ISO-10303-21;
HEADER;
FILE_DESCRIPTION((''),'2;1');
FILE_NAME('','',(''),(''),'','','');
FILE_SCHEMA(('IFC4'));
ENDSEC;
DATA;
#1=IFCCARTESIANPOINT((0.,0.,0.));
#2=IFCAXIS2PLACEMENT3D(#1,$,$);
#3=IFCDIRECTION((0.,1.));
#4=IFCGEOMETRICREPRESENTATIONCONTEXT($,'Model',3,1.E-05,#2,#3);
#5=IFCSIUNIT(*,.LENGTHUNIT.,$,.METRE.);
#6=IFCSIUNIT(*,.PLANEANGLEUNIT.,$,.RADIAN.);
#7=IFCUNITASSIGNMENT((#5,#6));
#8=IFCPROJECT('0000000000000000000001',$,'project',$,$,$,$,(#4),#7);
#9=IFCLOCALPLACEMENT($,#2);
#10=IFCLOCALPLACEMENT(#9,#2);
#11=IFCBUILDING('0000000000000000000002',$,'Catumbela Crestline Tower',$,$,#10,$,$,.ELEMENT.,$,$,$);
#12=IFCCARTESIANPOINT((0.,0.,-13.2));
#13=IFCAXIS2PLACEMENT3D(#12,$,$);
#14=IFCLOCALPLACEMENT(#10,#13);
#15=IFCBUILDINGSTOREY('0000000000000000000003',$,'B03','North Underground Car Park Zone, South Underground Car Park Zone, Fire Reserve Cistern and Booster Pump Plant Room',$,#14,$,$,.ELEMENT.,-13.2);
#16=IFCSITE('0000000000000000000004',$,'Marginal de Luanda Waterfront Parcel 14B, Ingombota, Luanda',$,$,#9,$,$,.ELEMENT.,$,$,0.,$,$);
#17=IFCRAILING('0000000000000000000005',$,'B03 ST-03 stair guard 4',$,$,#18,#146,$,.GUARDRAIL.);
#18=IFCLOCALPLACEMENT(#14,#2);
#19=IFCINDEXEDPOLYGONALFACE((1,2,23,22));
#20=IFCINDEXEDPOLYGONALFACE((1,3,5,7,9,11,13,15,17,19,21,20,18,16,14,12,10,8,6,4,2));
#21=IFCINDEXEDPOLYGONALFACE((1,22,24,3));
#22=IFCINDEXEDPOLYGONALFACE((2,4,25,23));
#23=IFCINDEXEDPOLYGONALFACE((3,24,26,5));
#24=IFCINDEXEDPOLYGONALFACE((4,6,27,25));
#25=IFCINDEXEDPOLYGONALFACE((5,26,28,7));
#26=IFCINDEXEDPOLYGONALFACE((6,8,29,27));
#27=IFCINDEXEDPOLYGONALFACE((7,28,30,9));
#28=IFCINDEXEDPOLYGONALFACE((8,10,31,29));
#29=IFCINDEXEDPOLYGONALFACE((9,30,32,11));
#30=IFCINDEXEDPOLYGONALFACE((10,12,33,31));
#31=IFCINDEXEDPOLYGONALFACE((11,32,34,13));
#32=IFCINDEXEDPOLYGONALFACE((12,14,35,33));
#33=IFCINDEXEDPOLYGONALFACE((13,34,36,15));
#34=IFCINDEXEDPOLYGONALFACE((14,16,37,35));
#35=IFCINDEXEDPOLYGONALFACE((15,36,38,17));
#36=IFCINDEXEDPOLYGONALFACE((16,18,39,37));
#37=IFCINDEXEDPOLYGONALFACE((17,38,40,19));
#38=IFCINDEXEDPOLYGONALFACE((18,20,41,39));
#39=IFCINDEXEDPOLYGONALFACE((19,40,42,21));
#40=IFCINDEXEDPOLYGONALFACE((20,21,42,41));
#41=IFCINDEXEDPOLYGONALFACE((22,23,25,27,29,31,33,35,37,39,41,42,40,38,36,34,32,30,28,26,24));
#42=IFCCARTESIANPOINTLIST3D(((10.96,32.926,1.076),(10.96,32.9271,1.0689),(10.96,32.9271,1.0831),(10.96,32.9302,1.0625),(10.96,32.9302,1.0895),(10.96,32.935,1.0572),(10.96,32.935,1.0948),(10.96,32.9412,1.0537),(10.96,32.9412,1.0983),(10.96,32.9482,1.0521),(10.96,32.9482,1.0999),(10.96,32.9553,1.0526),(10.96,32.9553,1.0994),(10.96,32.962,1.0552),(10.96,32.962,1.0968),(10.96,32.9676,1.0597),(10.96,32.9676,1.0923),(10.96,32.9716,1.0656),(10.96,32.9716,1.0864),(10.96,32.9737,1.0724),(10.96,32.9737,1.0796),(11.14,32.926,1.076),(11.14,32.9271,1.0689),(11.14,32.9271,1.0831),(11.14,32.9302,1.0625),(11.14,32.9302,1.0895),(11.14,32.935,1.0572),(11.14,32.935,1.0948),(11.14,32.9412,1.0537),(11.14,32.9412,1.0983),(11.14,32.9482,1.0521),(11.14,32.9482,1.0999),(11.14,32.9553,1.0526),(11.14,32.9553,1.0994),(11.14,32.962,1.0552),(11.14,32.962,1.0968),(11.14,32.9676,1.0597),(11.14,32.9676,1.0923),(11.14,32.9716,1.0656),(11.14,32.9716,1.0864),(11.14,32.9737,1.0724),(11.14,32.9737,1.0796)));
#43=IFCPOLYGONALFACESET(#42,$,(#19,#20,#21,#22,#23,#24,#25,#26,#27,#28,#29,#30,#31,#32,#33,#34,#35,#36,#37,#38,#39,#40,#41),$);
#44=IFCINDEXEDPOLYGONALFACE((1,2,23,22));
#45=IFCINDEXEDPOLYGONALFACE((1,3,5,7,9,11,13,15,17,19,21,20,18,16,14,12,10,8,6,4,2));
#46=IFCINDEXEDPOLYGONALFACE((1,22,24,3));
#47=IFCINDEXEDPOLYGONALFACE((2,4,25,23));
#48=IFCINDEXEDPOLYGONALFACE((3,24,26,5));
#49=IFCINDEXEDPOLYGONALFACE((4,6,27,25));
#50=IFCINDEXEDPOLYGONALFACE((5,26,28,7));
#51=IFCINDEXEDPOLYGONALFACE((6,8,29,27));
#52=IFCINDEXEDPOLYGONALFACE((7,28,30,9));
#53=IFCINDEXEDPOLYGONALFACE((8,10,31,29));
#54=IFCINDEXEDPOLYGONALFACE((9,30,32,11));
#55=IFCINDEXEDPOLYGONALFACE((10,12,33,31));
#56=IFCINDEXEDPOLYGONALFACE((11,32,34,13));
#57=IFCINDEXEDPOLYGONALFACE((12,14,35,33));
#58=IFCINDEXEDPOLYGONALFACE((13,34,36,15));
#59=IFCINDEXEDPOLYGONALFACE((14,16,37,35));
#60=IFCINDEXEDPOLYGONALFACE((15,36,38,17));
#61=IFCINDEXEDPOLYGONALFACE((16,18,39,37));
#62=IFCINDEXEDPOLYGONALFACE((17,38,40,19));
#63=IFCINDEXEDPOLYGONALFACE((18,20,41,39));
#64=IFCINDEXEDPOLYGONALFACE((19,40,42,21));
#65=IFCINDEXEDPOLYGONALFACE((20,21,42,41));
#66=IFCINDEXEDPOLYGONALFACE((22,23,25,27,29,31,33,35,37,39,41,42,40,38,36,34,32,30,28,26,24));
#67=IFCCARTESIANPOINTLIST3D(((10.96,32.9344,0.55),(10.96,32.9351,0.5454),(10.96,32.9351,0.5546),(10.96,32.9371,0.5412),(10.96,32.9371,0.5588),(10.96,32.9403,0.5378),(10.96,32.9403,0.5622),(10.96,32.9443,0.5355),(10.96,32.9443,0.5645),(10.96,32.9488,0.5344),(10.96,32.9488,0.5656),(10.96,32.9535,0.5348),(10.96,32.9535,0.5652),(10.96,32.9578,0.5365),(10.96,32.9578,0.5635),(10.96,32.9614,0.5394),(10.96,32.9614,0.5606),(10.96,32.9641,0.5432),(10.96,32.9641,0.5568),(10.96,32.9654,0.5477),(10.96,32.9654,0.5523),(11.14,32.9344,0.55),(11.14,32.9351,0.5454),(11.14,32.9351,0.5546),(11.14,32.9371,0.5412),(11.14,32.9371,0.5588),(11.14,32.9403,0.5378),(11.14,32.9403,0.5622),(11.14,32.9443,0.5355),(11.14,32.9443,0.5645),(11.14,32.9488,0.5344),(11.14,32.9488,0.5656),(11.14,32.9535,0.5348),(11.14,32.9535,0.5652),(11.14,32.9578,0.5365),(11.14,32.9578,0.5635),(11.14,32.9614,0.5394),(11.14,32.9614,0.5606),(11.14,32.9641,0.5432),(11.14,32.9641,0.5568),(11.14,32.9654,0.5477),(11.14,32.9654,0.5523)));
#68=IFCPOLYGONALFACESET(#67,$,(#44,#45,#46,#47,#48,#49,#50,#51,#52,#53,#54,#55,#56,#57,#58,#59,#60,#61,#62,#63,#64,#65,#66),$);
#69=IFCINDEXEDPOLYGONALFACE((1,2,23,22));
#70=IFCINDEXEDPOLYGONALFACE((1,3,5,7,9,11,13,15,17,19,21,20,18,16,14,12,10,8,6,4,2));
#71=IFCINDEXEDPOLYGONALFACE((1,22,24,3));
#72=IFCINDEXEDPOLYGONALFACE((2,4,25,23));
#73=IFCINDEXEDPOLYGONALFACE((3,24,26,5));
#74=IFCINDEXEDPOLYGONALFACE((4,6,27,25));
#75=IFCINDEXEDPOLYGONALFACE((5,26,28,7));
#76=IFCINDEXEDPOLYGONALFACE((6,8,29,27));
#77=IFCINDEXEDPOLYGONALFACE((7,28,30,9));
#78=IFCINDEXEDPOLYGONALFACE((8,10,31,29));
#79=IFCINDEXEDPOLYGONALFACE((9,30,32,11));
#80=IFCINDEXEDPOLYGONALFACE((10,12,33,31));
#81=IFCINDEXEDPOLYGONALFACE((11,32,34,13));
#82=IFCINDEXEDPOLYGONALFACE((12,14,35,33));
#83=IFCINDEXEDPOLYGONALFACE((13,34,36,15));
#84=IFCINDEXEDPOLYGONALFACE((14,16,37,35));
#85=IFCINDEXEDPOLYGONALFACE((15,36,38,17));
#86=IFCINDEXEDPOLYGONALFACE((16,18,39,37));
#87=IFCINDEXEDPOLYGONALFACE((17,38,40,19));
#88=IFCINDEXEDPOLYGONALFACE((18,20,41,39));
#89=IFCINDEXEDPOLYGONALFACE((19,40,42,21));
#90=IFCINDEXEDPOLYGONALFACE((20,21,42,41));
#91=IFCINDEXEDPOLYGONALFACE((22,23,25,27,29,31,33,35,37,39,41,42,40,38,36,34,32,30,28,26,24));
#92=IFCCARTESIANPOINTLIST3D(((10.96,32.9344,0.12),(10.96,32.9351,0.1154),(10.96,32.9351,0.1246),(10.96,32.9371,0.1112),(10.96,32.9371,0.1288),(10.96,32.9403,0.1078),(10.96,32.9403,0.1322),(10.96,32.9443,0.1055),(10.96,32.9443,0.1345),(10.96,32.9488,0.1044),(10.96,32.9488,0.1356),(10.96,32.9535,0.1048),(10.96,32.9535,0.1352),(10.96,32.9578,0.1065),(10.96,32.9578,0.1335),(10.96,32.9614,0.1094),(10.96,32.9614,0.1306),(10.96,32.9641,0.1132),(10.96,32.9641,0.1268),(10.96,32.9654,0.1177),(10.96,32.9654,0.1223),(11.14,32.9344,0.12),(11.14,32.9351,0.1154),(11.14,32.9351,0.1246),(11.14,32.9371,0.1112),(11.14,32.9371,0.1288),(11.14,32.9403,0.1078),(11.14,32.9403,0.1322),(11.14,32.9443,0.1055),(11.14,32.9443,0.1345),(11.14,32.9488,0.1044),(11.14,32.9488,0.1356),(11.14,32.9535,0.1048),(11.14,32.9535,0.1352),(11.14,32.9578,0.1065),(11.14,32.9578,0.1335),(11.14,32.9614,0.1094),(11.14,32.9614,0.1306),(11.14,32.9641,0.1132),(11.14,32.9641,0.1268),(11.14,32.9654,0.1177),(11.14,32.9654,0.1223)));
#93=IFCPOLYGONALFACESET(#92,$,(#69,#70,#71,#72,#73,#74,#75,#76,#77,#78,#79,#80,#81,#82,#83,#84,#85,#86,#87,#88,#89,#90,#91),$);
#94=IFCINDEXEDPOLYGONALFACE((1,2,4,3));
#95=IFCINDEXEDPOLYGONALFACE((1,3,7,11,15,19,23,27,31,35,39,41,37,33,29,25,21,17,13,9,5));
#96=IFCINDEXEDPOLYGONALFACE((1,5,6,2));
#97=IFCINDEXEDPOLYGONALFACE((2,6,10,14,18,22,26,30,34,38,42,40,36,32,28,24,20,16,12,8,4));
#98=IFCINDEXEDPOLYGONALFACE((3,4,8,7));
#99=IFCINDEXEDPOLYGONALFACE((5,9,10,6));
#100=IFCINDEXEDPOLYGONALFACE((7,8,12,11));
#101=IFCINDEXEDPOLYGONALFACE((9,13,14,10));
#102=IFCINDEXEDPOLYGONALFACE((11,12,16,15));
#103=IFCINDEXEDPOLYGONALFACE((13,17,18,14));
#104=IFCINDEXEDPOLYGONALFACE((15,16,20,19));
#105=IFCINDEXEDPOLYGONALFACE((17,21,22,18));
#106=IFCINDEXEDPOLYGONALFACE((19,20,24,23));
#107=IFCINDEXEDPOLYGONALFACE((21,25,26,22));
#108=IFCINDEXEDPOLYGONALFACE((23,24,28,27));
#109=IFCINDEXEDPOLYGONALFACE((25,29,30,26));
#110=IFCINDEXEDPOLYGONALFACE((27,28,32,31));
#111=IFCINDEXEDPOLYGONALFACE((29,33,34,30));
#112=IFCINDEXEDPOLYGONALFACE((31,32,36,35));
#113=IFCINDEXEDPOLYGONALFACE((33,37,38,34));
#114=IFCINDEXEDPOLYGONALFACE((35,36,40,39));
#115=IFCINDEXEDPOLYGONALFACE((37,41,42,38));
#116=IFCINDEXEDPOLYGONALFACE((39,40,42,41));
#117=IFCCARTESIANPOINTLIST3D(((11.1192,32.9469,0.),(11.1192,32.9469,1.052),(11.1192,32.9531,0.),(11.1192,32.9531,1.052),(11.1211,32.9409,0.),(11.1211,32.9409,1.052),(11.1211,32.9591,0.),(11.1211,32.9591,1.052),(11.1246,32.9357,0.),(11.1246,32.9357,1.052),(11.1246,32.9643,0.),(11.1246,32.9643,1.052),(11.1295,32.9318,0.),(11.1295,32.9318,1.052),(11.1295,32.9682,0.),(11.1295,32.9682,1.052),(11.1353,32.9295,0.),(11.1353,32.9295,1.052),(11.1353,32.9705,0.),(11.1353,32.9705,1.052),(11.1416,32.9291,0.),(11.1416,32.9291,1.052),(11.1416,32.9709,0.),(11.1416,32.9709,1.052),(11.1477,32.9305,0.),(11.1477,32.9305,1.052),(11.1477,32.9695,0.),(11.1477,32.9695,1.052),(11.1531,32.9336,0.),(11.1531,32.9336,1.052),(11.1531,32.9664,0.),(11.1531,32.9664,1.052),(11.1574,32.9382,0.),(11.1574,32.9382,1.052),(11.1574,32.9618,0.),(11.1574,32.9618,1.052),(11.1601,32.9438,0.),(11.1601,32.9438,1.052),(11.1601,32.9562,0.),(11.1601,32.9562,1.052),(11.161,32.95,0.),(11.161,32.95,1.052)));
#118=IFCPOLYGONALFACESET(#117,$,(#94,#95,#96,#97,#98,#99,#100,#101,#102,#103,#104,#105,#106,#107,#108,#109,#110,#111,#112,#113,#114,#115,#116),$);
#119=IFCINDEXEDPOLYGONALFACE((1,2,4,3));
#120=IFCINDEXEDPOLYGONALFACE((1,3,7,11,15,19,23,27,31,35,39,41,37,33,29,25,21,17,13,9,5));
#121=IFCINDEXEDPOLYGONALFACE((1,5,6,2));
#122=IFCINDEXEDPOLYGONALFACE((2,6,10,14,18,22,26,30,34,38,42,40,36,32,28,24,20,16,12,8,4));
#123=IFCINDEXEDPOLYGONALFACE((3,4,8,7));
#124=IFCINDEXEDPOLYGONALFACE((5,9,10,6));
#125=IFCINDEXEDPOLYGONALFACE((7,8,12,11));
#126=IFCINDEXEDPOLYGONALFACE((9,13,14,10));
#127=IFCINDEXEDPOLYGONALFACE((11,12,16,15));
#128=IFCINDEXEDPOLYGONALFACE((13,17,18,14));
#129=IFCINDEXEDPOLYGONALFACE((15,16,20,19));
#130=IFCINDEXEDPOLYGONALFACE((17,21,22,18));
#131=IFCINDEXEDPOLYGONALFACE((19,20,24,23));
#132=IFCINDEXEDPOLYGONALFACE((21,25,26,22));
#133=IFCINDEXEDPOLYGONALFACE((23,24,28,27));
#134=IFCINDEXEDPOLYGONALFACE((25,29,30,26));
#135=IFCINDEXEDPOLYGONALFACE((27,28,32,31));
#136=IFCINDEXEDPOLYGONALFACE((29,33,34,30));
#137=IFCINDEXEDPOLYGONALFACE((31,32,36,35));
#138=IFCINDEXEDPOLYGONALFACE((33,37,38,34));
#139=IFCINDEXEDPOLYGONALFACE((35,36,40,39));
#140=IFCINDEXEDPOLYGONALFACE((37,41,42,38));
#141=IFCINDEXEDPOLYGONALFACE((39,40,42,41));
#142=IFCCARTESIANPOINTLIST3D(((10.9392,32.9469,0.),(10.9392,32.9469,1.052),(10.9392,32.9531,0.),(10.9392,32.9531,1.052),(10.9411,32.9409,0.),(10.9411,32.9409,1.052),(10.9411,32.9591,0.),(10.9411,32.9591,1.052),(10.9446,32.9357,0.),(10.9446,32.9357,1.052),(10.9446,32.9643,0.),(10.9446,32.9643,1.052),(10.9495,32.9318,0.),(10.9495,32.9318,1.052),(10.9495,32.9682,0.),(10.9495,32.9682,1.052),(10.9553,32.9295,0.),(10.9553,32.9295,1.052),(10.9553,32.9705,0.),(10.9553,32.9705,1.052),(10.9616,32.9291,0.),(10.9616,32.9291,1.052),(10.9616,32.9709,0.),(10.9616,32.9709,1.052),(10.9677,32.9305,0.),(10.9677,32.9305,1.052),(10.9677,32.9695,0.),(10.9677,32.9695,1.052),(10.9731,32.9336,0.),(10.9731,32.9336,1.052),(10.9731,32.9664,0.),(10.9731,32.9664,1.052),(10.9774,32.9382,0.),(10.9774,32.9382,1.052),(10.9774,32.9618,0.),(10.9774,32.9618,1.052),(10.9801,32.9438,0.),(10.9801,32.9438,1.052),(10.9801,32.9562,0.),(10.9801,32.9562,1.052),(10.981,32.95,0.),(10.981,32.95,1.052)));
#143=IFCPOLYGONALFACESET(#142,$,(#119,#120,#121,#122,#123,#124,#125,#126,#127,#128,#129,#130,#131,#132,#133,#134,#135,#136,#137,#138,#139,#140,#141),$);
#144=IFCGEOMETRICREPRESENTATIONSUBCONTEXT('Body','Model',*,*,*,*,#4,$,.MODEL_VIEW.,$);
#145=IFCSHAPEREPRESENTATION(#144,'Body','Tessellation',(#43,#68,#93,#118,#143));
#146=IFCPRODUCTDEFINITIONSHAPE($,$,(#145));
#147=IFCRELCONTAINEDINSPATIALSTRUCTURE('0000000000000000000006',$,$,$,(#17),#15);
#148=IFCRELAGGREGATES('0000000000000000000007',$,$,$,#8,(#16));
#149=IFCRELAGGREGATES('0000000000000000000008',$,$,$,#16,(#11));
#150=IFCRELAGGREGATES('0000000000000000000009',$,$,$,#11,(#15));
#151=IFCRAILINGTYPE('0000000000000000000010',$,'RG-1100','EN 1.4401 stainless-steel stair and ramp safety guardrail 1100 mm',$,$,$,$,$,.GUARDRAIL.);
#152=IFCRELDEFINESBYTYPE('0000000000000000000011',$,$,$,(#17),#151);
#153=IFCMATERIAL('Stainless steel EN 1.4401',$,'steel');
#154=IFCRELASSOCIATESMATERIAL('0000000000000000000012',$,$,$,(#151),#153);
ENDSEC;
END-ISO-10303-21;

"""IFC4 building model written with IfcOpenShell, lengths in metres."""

from ifc_helpers import new_model, si_unit, direction, frame, origin, origin_2d, place, context, subcontext, project, spatial, circle, extrude, material, type_object, element, save


model = new_model("IFC4")

# Units and contexts
model_context = context("Model", 3, precision=1e-05, world=origin(), true_north=direction((0.0, 1.0)))
body_context = subcontext(model_context, "Body", "Model", "MODEL_VIEW")
ifc_project = project(units=[si_unit("LENGTHUNIT", "METRE"), si_unit("PLANEANGLEUNIT", "RADIAN")], contexts=[model_context])

# Site, building, storey
site_placement = place(None, origin())
site = spatial("IfcSite", under=ifc_project, at=site_placement, Name="Marginal de Luanda Waterfront Parcel 14B, Ingombota, Luanda", CompositionType="ELEMENT", RefElevation=0.0)
building_placement = place(site_placement, origin())
building = spatial("IfcBuilding", under=site, at=building_placement, Name="Catumbela Crestline Tower", CompositionType="ELEMENT")
storey_placement = place(building_placement, frame((0.0, 0.0, -13.2)))
storey = spatial("IfcBuildingStorey", under=building, at=storey_placement, Name="B03", Description="North Underground Car Park Zone, South Underground Car Park Zone, Fire Reserve Cistern and Booster Pump Plant Room", CompositionType="ELEMENT", Elevation=-13.2)

# Shared definitions
ifc_material_1 = material(Name="Stainless steel EN 1.4401", Category="steel")

# Railing
railing_type_1 = type_object("IfcRailingType", Name="RG-1100", Description="EN 1.4401 stainless-steel stair and ramp safety guardrail 1100 mm", PredefinedType="GUARDRAIL", material=ifc_material_1)
railing_1_placement = place(storey_placement, frame((11.14, 32.95, 0.0)))
element("IfcRailing", 1, at=railing_1_placement, inside=storey, type_object=railing_type_1, Name="B03 ST-03 stair guard 4", PredefinedType="GUARDRAIL", context=body_context, shape_type="SweptSolid", body=[
    extrude(circle(Radius=0.024, at=origin_2d()), frame((0.0, 0.0, 1.076), z_axis=(-1.0, 0.0, 0.0), x_axis=(0.0, -1.0, 0.0)), (0.0, 0.0, 1.0), 0.18),
    extrude(circle(Radius=0.0156, at=origin_2d()), frame((0.0, 0.0, 0.55), z_axis=(-1.0, 0.0, 0.0), x_axis=(0.0, -1.0, 0.0)), (0.0, 0.0, 1.0), 0.18),
    extrude(circle(Radius=0.0156, at=origin_2d()), frame((0.0, 0.0, 0.12), z_axis=(-1.0, 0.0, 0.0), x_axis=(0.0, -1.0, 0.0)), (0.0, 0.0, 1.0), 0.18),
    extrude(circle(Radius=0.021, at=origin_2d()), origin(), (0.0, 0.0, 1.0), 1.052),
    extrude(circle(Radius=0.021, at=origin_2d()), frame((-0.18, 0.0, 0.0)), (0.0, 0.0, 1.0), 1.052),
])

save(model, "model.ifc")
